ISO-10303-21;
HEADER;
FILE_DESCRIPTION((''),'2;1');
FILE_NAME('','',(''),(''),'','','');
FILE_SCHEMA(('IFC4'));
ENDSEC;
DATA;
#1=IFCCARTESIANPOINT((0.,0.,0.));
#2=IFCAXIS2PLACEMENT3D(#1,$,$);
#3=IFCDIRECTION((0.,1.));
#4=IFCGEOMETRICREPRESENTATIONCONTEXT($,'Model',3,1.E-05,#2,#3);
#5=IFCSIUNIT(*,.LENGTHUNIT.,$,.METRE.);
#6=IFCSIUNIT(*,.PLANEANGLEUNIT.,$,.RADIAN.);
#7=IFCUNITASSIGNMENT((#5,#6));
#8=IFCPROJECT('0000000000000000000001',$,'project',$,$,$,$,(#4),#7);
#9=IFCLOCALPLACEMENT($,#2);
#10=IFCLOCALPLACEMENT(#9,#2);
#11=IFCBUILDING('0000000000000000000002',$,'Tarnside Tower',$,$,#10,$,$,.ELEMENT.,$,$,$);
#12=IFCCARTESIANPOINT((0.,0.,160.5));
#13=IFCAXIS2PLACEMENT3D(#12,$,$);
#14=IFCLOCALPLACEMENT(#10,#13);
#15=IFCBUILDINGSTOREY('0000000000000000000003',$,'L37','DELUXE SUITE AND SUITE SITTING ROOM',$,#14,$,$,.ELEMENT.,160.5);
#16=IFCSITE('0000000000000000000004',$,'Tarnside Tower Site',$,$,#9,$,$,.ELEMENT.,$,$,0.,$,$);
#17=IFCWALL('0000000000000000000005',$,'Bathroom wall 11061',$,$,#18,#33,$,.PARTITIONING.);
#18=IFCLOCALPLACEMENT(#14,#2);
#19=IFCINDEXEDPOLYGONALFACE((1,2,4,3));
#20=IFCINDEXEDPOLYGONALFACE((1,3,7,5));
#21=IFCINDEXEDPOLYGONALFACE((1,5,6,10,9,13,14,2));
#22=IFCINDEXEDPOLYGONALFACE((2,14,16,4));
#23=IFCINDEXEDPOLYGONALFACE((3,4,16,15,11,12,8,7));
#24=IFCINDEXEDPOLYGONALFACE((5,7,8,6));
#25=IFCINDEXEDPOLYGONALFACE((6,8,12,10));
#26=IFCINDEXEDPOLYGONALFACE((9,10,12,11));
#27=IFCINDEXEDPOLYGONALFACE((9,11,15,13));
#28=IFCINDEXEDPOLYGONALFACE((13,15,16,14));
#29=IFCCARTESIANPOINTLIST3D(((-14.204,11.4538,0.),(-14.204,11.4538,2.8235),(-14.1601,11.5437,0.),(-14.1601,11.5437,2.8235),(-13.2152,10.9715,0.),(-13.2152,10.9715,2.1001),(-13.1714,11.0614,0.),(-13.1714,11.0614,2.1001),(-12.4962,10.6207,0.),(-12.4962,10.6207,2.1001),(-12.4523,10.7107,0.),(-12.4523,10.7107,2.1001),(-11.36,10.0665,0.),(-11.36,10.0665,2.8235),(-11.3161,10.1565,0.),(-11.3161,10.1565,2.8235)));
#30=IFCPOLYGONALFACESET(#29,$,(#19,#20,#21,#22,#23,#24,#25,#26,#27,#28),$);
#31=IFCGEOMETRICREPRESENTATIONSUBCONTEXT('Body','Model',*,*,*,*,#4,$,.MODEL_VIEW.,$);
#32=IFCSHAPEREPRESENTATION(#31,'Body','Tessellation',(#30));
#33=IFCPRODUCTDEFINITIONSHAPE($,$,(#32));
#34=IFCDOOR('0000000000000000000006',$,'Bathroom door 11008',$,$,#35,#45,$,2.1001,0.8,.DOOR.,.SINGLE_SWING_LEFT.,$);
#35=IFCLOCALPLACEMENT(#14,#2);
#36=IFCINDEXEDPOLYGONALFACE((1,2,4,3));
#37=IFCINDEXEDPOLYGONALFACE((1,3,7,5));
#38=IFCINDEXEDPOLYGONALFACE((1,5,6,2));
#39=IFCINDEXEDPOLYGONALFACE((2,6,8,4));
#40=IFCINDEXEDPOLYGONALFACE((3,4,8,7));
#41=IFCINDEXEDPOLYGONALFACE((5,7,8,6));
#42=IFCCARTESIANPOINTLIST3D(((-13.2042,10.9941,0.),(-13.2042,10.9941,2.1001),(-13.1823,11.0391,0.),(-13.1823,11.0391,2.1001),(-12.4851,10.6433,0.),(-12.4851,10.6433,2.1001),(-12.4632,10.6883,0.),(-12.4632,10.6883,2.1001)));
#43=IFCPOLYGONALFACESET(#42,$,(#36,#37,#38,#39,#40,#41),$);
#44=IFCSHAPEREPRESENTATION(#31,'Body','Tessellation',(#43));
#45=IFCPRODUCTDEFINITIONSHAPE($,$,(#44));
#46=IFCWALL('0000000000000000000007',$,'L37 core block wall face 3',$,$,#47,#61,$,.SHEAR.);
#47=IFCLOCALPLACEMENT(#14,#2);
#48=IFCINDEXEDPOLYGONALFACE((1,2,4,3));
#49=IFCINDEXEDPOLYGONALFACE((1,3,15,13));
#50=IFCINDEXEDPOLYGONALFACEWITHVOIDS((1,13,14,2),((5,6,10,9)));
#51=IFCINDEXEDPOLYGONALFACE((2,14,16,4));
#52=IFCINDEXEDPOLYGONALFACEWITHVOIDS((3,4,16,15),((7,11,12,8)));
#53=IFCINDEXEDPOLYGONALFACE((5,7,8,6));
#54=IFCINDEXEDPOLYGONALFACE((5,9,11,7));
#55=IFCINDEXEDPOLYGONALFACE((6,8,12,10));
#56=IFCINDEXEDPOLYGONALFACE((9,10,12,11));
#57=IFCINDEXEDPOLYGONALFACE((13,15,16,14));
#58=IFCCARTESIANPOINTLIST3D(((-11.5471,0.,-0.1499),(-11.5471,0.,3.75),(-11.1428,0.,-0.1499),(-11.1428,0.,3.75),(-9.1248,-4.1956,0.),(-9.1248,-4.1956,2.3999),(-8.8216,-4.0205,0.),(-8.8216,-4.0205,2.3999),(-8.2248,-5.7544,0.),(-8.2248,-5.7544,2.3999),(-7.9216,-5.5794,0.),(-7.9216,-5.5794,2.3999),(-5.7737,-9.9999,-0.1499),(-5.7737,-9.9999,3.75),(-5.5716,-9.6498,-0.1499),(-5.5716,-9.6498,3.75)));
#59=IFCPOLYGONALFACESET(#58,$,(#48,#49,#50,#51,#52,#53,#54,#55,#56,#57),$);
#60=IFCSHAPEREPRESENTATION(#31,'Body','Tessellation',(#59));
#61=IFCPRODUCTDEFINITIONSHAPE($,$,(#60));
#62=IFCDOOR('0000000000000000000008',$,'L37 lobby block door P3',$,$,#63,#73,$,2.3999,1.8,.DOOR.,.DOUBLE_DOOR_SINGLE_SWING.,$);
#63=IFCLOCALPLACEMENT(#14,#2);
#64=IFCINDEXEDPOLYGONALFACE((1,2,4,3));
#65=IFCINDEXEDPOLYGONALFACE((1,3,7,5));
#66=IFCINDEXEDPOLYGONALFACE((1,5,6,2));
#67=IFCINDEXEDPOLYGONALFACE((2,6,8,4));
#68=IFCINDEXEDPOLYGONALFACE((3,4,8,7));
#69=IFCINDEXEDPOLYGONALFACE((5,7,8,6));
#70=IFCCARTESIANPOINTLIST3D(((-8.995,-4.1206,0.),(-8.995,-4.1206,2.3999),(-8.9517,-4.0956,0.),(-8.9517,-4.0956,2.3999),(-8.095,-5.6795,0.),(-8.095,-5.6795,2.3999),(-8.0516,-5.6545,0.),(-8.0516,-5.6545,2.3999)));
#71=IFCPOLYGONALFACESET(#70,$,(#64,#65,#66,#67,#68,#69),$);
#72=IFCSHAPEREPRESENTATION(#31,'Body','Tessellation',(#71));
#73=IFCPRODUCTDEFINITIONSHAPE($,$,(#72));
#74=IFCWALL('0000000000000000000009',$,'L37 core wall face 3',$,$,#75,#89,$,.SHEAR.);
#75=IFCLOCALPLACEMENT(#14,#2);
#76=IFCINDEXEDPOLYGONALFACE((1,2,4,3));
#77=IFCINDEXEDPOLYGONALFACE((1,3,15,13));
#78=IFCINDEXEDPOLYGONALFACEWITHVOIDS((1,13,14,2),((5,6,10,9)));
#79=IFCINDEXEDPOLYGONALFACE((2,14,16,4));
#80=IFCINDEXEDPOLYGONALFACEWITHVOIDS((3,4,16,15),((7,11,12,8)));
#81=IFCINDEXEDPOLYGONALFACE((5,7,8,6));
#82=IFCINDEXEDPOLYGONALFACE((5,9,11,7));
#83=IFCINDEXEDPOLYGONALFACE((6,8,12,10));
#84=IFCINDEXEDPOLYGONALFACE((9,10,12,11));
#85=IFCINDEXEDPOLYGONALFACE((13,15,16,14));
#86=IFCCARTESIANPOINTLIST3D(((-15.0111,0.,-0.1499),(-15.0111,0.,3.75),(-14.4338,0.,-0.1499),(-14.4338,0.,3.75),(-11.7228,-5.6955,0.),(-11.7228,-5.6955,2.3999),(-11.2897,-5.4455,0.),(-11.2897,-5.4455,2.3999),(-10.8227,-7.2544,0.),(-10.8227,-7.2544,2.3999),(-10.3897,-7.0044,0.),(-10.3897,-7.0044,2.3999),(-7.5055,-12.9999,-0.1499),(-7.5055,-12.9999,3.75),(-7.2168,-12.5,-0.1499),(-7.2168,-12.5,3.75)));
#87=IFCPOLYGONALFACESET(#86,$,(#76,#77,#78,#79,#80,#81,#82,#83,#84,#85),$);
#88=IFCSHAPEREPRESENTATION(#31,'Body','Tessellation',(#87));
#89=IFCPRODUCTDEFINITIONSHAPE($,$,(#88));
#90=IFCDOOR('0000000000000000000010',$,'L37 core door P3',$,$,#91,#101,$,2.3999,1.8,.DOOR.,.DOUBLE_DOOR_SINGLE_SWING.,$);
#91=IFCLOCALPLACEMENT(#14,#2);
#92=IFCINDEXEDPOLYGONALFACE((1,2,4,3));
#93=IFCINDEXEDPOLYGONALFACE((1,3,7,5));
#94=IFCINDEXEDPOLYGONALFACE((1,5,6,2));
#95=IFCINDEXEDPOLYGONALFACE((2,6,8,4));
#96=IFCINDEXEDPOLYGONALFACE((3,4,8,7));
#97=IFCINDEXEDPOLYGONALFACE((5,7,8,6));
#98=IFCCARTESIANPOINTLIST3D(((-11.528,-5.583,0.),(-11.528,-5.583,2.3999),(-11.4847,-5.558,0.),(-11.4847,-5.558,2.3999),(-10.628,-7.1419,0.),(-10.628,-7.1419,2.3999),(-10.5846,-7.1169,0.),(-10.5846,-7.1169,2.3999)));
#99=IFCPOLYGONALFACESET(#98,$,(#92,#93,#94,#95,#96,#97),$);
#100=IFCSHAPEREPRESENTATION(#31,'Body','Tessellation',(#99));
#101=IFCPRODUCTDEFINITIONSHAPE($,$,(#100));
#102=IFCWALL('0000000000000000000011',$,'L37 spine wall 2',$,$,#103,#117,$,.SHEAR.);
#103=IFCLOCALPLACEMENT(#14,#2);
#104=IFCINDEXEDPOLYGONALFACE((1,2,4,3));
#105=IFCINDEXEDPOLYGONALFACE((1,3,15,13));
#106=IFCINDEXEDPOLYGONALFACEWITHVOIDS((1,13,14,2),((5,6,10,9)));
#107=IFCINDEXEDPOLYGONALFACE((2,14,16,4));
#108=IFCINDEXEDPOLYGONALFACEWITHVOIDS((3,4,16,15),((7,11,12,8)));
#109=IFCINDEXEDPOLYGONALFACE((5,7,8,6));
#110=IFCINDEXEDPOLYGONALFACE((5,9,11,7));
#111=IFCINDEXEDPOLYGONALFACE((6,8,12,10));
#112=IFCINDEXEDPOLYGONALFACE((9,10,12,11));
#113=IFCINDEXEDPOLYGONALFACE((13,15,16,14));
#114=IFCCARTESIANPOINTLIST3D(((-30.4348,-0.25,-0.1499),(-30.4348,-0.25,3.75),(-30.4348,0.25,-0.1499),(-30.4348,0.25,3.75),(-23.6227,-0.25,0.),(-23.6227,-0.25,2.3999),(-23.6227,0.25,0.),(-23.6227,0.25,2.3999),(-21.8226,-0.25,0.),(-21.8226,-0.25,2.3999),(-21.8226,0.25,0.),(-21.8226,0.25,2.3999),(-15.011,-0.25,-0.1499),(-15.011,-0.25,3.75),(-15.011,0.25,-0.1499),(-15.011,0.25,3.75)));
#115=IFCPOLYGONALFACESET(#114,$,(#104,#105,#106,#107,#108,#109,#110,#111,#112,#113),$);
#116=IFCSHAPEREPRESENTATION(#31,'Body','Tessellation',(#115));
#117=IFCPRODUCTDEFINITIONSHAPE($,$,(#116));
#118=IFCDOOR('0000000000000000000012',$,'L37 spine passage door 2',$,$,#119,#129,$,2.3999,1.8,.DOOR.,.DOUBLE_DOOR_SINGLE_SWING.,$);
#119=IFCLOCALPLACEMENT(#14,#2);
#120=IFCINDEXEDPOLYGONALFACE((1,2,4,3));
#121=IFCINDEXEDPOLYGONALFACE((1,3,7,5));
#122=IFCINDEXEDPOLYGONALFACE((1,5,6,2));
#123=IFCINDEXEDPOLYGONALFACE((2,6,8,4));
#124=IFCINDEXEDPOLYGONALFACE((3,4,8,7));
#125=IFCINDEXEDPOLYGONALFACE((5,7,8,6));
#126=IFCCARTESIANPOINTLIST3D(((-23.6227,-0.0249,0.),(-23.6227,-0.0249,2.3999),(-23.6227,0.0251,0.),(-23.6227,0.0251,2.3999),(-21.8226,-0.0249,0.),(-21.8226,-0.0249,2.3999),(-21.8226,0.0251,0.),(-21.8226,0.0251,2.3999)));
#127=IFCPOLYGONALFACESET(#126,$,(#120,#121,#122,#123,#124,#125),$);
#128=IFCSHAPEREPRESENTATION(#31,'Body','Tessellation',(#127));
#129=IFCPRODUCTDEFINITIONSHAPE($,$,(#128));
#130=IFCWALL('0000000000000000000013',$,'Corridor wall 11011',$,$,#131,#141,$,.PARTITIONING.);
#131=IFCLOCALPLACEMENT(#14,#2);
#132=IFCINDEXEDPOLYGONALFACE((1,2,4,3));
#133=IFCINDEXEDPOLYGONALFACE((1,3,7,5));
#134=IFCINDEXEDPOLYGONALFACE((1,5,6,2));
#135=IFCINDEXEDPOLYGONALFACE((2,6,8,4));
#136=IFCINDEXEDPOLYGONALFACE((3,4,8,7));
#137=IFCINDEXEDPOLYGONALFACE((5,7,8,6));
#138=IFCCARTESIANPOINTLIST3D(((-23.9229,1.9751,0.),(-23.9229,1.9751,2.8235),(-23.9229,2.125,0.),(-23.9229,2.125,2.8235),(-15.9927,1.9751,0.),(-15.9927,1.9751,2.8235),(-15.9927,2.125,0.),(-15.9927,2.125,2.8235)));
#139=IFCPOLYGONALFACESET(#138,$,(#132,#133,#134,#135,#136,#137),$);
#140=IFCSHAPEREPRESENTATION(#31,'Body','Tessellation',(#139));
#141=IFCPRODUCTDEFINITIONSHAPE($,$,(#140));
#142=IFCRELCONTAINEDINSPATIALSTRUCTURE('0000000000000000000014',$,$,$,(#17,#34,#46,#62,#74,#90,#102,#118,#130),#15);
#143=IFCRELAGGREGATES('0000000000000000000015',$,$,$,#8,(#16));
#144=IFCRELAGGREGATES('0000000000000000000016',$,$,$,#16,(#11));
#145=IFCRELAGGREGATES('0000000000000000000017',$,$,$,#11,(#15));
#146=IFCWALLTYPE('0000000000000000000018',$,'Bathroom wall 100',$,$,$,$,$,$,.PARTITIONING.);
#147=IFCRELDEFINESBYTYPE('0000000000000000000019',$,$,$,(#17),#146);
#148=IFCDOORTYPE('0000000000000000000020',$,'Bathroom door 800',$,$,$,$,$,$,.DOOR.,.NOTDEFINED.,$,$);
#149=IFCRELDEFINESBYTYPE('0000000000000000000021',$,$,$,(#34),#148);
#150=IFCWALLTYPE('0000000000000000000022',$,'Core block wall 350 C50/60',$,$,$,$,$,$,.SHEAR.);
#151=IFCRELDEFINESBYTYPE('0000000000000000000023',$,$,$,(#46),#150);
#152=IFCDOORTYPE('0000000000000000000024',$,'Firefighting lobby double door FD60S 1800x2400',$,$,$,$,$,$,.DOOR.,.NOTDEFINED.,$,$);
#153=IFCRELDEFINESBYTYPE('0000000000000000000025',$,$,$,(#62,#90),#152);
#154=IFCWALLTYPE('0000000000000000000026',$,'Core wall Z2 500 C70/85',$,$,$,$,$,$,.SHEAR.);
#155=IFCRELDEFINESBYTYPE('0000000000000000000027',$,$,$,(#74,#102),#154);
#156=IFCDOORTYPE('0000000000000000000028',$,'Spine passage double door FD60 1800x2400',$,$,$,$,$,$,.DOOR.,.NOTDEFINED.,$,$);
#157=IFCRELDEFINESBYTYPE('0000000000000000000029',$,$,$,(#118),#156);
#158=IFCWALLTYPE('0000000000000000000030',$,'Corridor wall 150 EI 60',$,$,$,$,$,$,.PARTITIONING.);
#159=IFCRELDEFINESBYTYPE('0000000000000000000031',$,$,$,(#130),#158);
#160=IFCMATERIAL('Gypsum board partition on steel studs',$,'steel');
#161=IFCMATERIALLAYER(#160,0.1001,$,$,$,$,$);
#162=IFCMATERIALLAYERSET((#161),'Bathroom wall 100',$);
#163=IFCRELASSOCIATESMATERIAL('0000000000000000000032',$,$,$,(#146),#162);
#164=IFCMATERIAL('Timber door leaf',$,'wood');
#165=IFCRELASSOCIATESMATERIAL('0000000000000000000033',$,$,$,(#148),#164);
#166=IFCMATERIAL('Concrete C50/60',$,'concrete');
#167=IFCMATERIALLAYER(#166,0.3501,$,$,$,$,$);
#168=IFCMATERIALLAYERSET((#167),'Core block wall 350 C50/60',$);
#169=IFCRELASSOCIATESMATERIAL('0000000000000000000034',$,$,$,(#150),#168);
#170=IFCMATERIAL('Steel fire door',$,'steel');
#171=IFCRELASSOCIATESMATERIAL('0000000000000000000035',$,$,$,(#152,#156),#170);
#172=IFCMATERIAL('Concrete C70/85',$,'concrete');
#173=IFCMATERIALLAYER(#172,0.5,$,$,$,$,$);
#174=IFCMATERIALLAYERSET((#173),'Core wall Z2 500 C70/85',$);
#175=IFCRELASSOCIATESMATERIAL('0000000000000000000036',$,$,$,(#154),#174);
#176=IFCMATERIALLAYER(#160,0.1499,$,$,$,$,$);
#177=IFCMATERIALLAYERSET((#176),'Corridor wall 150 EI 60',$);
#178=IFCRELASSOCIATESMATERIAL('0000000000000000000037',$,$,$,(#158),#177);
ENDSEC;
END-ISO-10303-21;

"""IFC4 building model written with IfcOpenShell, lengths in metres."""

from ifc_helpers import new_model, si_unit, direction, frame, frame_2d, origin, place, context, subcontext, project, spatial, polyline, rectangle, outline, extrude, material, layer, layer_set, type_object, element, fill, save


model = new_model("IFC4")

# Units and contexts
model_context = context("Model", 3, precision=1e-05, world=origin(), true_north=direction((0.0, 1.0)))
body_context = subcontext(model_context, "Body", "Model", "MODEL_VIEW")
ifc_project = project(units=[si_unit("LENGTHUNIT", "METRE"), si_unit("PLANEANGLEUNIT", "RADIAN")], contexts=[model_context])

# Site, building, storey
site_placement = place(None, origin())
site = spatial("IfcSite", under=ifc_project, at=site_placement, Name="Tarnside Tower Site", CompositionType="ELEMENT", RefElevation=0.0)
building_placement = place(site_placement, origin())
building = spatial("IfcBuilding", under=site, at=building_placement, Name="Tarnside Tower", CompositionType="ELEMENT")
storey_placement = place(building_placement, frame((0.0, 0.0, 160.5)))
storey = spatial("IfcBuildingStorey", under=building, at=storey_placement, Name="L37", Description="DELUXE SUITE AND SUITE SITTING ROOM", CompositionType="ELEMENT", Elevation=160.5)

# Walls, openings, doors
ifc_material_1 = material(Name="Gypsum board partition on steel studs", Category="steel")
ifc_layer_1 = layer(ifc_material_1, 0.1001)
ifc_layer_set_1 = layer_set([ifc_layer_1], Name="Bathroom wall 100")
wall_type_1 = type_object("IfcWallType", Name="Bathroom wall 100", PredefinedType="PARTITIONING", material=ifc_layer_set_1)
wall_1_placement = place(storey_placement, frame((-11.3381, 10.1116, 0.0), z_axis=(0.0, 0.0, 1.0), x_axis=(-0.898782, 0.438396, 0.0)))
wall_1 = element("IfcWall", 1, at=wall_1_placement, inside=storey, type_object=wall_type_1, Name="Bathroom wall 11061", PredefinedType="PARTITIONING", context=body_context, shape_type="SweptSolid", body=[
    extrude(rectangle(XDim=3.1643, YDim=0.1001, at=frame_2d((1.582, 0.0))), origin(), (0.0, 0.0, 1.0), 2.8235),
])
opening_1_placement = place(wall_1_placement, frame((1.2642, 0.0, 0.0)))
opening_1 = element("IfcOpeningElement", 2, at=opening_1_placement, cuts=wall_1, PredefinedType="OPENING", context=body_context, shape_type="SweptSolid", body=[
    extrude(rectangle(XDim=0.8, YDim=2.1001, at=frame_2d((0.3999, 1.05))), frame((0.0, 0.0601, 0.0), z_axis=(0.0, -1.0, 0.0), x_axis=(1.0, 0.0, 0.0)), (0.0, 0.0, 1.0), 0.1201),
])
ifc_material_2 = material(Name="Timber door leaf", Category="wood")
door_type_1 = type_object("IfcDoorType", Name="Bathroom door 800", OperationType="NOTDEFINED", PredefinedType="DOOR", material=ifc_material_2)
door_1_placement = place(opening_1_placement, origin())
door_1 = element("IfcDoor", 3, at=door_1_placement, inside=storey, type_object=door_type_1, Name="Bathroom door 11008", OperationType="SINGLE_SWING_LEFT", OverallHeight=2.1001, OverallWidth=0.8, PredefinedType="DOOR", context=body_context, shape_type="SweptSolid", body=[
    extrude(rectangle(XDim=0.8, YDim=2.1001, at=frame_2d((0.3999, 1.05))), frame((0.0, 0.0249, 0.0), z_axis=(0.0, -1.0, 0.0), x_axis=(1.0, 0.0, 0.0)), (0.0, 0.0, 1.0), 0.05),
])
fill(opening_1, door_1)
ifc_material_3 = material(Name="Concrete C50/60", Category="concrete")
ifc_layer_2 = layer(ifc_material_3, 0.3501)
ifc_layer_set_2 = layer_set([ifc_layer_2], Name="Core block wall 350 C50/60")
wall_type_2 = type_object("IfcWallType", Name="Core block wall 350 C50/60", PredefinedType="SHEAR", material=ifc_layer_set_2)
wall_2_placement = place(storey_placement, frame((-11.345, 0.0, -0.1499), z_axis=(0.0, 0.0, 1.0), x_axis=(0.499995, -0.866028, 0.0)))
wall_2 = element("IfcWall", 4, at=wall_2_placement, inside=storey, type_object=wall_type_2, Name="L37 core block wall face 3", PredefinedType="SHEAR", context=body_context, shape_type="SweptSolid", body=[
    extrude(outline(polyline([(-0.1011, -0.175), (11.4458, -0.175), (11.2437, 0.175), (0.1011, 0.175), (-0.1011, -0.175)])), origin(), (0.0, 0.0, 1.0), 3.8999),
])
opening_2_placement = place(wall_2_placement, frame((4.7437, 0.0, 0.1499)))
opening_2 = element("IfcOpeningElement", 5, at=opening_2_placement, cuts=wall_2, PredefinedType="OPENING", context=body_context, shape_type="SweptSolid", body=[
    extrude(rectangle(XDim=1.8, YDim=2.3999, at=frame_2d((0.8999, 1.2))), frame((0.0, 0.1851, 0.0), z_axis=(0.0, -1.0, 0.0), x_axis=(1.0, 0.0, 0.0)), (0.0, 0.0, 1.0), 0.3701),
])
ifc_material_4 = material(Name="Steel fire door", Category="steel")
door_type_2 = type_object("IfcDoorType", Name="Firefighting lobby double door FD60S 1800x2400", OperationType="NOTDEFINED", PredefinedType="DOOR", material=ifc_material_4)
door_2_placement = place(opening_2_placement, origin())
door_2 = element("IfcDoor", 6, at=door_2_placement, inside=storey, type_object=door_type_2, Name="L37 lobby block door P3", OperationType="DOUBLE_DOOR_SINGLE_SWING", OverallHeight=2.3999, OverallWidth=1.8, PredefinedType="DOOR", context=body_context, shape_type="SweptSolid", body=[
    extrude(rectangle(XDim=1.8, YDim=2.3999, at=frame_2d((0.8999, 1.2))), frame((0.0, 0.0249, 0.0), z_axis=(0.0, -1.0, 0.0), x_axis=(1.0, 0.0, 0.0)), (0.0, 0.0, 1.0), 0.05),
])
fill(opening_2, door_2)
ifc_material_5 = material(Name="Concrete C70/85", Category="concrete")
ifc_layer_3 = layer(ifc_material_5, 0.5)
ifc_layer_set_3 = layer_set([ifc_layer_3], Name="Core wall Z2 500 C70/85")
wall_type_3 = type_object("IfcWallType", Name="Core wall Z2 500 C70/85", PredefinedType="SHEAR", material=ifc_layer_set_3)
wall_3_placement = place(storey_placement, frame((-14.7224, 0.0, -0.1499), z_axis=(0.0, 0.0, 1.0), x_axis=(0.500006, -0.866022, 0.0)))
wall_3 = element("IfcWall", 7, at=wall_3_placement, inside=storey, type_object=wall_type_3, Name="L37 core wall face 3", PredefinedType="SHEAR", context=body_context, shape_type="SweptSolid", body=[
    extrude(outline(polyline([(-0.1443, -0.25), (14.8667, -0.25), (14.5781, 0.25), (0.1443, 0.25), (-0.1443, -0.25)])), origin(), (0.0, 0.0, 1.0), 3.8999),
])
opening_3_placement = place(wall_3_placement, frame((6.4324, 0.0, 0.1499)))
opening_3 = element("IfcOpeningElement", 8, at=opening_3_placement, cuts=wall_3, PredefinedType="OPENING", context=body_context, shape_type="SweptSolid", body=[
    extrude(rectangle(XDim=1.8, YDim=2.3999, at=frame_2d((0.8999, 1.2))), frame((0.0, 0.26, 0.0), z_axis=(0.0, -1.0, 0.0), x_axis=(1.0, 0.0, 0.0)), (0.0, 0.0, 1.0), 0.52),
])
door_3_placement = place(opening_3_placement, origin())
door_3 = element("IfcDoor", 9, at=door_3_placement, inside=storey, type_object=door_type_2, Name="L37 core door P3", OperationType="DOUBLE_DOOR_SINGLE_SWING", OverallHeight=2.3999, OverallWidth=1.8, PredefinedType="DOOR", context=body_context, shape_type="SweptSolid", body=[
    extrude(rectangle(XDim=1.8, YDim=2.3999, at=frame_2d((0.8999, 1.2))), frame((0.0, 0.0249, 0.0), z_axis=(0.0, -1.0, 0.0), x_axis=(1.0, 0.0, 0.0)), (0.0, 0.0, 1.0), 0.05),
])
fill(opening_3, door_3)
wall_4_placement = place(storey_placement, frame((-15.011, 0.0, -0.1499), z_axis=(0.0, 0.0, 1.0), x_axis=(-1.0, 0.0, 0.0)))
wall_4 = element("IfcWall", 10, at=wall_4_placement, inside=storey, type_object=wall_type_3, Name="L37 spine wall 2", PredefinedType="SHEAR", context=body_context, shape_type="SweptSolid", body=[
    extrude(rectangle(XDim=15.4238, YDim=0.5, at=frame_2d((7.7119, 0.0))), origin(), (0.0, 0.0, 1.0), 3.8999),
])
opening_4_placement = place(wall_4_placement, frame((6.8118, 0.0, 0.1499)))
opening_4 = element("IfcOpeningElement", 11, at=opening_4_placement, cuts=wall_4, PredefinedType="OPENING", context=body_context, shape_type="SweptSolid", body=[
    extrude(rectangle(XDim=1.8, YDim=2.3999, at=frame_2d((0.8999, 1.2))), frame((0.0, 0.26, 0.0), z_axis=(0.0, -1.0, 0.0), x_axis=(1.0, 0.0, 0.0)), (0.0, 0.0, 1.0), 0.52),
])
door_type_3 = type_object("IfcDoorType", Name="Spine passage double door FD60 1800x2400", OperationType="NOTDEFINED", PredefinedType="DOOR", material=ifc_material_4)
door_4_placement = place(opening_4_placement, origin())
door_4 = element("IfcDoor", 12, at=door_4_placement, inside=storey, type_object=door_type_3, Name="L37 spine passage door 2", OperationType="DOUBLE_DOOR_SINGLE_SWING", OverallHeight=2.3999, OverallWidth=1.8, PredefinedType="DOOR", context=body_context, shape_type="SweptSolid", body=[
    extrude(rectangle(XDim=1.8, YDim=2.3999, at=frame_2d((0.8999, 1.2))), frame((0.0, 0.0249, 0.0), z_axis=(0.0, -1.0, 0.0), x_axis=(1.0, 0.0, 0.0)), (0.0, 0.0, 1.0), 0.05),
])
fill(opening_4, door_4)

# Wall
ifc_layer_4 = layer(ifc_material_1, 0.1499)
ifc_layer_set_4 = layer_set([ifc_layer_4], Name="Corridor wall 150 EI 60")
wall_type_4 = type_object("IfcWallType", Name="Corridor wall 150 EI 60", PredefinedType="PARTITIONING", material=ifc_layer_set_4)
wall_5_placement = place(storey_placement, frame((-15.9927, 2.05, 0.0), z_axis=(0.0, 0.0, 1.0), x_axis=(-1.0, 0.0, 0.0)))
element("IfcWall", 13, at=wall_5_placement, inside=storey, type_object=wall_type_4, Name="Corridor wall 11011", PredefinedType="PARTITIONING", context=body_context, shape_type="SweptSolid", body=[
    extrude(rectangle(XDim=7.9302, YDim=0.1499, at=frame_2d((3.9651, 0.0))), origin(), (0.0, 0.0, 1.0), 2.8235),
])

save(model, "model.ifc")
